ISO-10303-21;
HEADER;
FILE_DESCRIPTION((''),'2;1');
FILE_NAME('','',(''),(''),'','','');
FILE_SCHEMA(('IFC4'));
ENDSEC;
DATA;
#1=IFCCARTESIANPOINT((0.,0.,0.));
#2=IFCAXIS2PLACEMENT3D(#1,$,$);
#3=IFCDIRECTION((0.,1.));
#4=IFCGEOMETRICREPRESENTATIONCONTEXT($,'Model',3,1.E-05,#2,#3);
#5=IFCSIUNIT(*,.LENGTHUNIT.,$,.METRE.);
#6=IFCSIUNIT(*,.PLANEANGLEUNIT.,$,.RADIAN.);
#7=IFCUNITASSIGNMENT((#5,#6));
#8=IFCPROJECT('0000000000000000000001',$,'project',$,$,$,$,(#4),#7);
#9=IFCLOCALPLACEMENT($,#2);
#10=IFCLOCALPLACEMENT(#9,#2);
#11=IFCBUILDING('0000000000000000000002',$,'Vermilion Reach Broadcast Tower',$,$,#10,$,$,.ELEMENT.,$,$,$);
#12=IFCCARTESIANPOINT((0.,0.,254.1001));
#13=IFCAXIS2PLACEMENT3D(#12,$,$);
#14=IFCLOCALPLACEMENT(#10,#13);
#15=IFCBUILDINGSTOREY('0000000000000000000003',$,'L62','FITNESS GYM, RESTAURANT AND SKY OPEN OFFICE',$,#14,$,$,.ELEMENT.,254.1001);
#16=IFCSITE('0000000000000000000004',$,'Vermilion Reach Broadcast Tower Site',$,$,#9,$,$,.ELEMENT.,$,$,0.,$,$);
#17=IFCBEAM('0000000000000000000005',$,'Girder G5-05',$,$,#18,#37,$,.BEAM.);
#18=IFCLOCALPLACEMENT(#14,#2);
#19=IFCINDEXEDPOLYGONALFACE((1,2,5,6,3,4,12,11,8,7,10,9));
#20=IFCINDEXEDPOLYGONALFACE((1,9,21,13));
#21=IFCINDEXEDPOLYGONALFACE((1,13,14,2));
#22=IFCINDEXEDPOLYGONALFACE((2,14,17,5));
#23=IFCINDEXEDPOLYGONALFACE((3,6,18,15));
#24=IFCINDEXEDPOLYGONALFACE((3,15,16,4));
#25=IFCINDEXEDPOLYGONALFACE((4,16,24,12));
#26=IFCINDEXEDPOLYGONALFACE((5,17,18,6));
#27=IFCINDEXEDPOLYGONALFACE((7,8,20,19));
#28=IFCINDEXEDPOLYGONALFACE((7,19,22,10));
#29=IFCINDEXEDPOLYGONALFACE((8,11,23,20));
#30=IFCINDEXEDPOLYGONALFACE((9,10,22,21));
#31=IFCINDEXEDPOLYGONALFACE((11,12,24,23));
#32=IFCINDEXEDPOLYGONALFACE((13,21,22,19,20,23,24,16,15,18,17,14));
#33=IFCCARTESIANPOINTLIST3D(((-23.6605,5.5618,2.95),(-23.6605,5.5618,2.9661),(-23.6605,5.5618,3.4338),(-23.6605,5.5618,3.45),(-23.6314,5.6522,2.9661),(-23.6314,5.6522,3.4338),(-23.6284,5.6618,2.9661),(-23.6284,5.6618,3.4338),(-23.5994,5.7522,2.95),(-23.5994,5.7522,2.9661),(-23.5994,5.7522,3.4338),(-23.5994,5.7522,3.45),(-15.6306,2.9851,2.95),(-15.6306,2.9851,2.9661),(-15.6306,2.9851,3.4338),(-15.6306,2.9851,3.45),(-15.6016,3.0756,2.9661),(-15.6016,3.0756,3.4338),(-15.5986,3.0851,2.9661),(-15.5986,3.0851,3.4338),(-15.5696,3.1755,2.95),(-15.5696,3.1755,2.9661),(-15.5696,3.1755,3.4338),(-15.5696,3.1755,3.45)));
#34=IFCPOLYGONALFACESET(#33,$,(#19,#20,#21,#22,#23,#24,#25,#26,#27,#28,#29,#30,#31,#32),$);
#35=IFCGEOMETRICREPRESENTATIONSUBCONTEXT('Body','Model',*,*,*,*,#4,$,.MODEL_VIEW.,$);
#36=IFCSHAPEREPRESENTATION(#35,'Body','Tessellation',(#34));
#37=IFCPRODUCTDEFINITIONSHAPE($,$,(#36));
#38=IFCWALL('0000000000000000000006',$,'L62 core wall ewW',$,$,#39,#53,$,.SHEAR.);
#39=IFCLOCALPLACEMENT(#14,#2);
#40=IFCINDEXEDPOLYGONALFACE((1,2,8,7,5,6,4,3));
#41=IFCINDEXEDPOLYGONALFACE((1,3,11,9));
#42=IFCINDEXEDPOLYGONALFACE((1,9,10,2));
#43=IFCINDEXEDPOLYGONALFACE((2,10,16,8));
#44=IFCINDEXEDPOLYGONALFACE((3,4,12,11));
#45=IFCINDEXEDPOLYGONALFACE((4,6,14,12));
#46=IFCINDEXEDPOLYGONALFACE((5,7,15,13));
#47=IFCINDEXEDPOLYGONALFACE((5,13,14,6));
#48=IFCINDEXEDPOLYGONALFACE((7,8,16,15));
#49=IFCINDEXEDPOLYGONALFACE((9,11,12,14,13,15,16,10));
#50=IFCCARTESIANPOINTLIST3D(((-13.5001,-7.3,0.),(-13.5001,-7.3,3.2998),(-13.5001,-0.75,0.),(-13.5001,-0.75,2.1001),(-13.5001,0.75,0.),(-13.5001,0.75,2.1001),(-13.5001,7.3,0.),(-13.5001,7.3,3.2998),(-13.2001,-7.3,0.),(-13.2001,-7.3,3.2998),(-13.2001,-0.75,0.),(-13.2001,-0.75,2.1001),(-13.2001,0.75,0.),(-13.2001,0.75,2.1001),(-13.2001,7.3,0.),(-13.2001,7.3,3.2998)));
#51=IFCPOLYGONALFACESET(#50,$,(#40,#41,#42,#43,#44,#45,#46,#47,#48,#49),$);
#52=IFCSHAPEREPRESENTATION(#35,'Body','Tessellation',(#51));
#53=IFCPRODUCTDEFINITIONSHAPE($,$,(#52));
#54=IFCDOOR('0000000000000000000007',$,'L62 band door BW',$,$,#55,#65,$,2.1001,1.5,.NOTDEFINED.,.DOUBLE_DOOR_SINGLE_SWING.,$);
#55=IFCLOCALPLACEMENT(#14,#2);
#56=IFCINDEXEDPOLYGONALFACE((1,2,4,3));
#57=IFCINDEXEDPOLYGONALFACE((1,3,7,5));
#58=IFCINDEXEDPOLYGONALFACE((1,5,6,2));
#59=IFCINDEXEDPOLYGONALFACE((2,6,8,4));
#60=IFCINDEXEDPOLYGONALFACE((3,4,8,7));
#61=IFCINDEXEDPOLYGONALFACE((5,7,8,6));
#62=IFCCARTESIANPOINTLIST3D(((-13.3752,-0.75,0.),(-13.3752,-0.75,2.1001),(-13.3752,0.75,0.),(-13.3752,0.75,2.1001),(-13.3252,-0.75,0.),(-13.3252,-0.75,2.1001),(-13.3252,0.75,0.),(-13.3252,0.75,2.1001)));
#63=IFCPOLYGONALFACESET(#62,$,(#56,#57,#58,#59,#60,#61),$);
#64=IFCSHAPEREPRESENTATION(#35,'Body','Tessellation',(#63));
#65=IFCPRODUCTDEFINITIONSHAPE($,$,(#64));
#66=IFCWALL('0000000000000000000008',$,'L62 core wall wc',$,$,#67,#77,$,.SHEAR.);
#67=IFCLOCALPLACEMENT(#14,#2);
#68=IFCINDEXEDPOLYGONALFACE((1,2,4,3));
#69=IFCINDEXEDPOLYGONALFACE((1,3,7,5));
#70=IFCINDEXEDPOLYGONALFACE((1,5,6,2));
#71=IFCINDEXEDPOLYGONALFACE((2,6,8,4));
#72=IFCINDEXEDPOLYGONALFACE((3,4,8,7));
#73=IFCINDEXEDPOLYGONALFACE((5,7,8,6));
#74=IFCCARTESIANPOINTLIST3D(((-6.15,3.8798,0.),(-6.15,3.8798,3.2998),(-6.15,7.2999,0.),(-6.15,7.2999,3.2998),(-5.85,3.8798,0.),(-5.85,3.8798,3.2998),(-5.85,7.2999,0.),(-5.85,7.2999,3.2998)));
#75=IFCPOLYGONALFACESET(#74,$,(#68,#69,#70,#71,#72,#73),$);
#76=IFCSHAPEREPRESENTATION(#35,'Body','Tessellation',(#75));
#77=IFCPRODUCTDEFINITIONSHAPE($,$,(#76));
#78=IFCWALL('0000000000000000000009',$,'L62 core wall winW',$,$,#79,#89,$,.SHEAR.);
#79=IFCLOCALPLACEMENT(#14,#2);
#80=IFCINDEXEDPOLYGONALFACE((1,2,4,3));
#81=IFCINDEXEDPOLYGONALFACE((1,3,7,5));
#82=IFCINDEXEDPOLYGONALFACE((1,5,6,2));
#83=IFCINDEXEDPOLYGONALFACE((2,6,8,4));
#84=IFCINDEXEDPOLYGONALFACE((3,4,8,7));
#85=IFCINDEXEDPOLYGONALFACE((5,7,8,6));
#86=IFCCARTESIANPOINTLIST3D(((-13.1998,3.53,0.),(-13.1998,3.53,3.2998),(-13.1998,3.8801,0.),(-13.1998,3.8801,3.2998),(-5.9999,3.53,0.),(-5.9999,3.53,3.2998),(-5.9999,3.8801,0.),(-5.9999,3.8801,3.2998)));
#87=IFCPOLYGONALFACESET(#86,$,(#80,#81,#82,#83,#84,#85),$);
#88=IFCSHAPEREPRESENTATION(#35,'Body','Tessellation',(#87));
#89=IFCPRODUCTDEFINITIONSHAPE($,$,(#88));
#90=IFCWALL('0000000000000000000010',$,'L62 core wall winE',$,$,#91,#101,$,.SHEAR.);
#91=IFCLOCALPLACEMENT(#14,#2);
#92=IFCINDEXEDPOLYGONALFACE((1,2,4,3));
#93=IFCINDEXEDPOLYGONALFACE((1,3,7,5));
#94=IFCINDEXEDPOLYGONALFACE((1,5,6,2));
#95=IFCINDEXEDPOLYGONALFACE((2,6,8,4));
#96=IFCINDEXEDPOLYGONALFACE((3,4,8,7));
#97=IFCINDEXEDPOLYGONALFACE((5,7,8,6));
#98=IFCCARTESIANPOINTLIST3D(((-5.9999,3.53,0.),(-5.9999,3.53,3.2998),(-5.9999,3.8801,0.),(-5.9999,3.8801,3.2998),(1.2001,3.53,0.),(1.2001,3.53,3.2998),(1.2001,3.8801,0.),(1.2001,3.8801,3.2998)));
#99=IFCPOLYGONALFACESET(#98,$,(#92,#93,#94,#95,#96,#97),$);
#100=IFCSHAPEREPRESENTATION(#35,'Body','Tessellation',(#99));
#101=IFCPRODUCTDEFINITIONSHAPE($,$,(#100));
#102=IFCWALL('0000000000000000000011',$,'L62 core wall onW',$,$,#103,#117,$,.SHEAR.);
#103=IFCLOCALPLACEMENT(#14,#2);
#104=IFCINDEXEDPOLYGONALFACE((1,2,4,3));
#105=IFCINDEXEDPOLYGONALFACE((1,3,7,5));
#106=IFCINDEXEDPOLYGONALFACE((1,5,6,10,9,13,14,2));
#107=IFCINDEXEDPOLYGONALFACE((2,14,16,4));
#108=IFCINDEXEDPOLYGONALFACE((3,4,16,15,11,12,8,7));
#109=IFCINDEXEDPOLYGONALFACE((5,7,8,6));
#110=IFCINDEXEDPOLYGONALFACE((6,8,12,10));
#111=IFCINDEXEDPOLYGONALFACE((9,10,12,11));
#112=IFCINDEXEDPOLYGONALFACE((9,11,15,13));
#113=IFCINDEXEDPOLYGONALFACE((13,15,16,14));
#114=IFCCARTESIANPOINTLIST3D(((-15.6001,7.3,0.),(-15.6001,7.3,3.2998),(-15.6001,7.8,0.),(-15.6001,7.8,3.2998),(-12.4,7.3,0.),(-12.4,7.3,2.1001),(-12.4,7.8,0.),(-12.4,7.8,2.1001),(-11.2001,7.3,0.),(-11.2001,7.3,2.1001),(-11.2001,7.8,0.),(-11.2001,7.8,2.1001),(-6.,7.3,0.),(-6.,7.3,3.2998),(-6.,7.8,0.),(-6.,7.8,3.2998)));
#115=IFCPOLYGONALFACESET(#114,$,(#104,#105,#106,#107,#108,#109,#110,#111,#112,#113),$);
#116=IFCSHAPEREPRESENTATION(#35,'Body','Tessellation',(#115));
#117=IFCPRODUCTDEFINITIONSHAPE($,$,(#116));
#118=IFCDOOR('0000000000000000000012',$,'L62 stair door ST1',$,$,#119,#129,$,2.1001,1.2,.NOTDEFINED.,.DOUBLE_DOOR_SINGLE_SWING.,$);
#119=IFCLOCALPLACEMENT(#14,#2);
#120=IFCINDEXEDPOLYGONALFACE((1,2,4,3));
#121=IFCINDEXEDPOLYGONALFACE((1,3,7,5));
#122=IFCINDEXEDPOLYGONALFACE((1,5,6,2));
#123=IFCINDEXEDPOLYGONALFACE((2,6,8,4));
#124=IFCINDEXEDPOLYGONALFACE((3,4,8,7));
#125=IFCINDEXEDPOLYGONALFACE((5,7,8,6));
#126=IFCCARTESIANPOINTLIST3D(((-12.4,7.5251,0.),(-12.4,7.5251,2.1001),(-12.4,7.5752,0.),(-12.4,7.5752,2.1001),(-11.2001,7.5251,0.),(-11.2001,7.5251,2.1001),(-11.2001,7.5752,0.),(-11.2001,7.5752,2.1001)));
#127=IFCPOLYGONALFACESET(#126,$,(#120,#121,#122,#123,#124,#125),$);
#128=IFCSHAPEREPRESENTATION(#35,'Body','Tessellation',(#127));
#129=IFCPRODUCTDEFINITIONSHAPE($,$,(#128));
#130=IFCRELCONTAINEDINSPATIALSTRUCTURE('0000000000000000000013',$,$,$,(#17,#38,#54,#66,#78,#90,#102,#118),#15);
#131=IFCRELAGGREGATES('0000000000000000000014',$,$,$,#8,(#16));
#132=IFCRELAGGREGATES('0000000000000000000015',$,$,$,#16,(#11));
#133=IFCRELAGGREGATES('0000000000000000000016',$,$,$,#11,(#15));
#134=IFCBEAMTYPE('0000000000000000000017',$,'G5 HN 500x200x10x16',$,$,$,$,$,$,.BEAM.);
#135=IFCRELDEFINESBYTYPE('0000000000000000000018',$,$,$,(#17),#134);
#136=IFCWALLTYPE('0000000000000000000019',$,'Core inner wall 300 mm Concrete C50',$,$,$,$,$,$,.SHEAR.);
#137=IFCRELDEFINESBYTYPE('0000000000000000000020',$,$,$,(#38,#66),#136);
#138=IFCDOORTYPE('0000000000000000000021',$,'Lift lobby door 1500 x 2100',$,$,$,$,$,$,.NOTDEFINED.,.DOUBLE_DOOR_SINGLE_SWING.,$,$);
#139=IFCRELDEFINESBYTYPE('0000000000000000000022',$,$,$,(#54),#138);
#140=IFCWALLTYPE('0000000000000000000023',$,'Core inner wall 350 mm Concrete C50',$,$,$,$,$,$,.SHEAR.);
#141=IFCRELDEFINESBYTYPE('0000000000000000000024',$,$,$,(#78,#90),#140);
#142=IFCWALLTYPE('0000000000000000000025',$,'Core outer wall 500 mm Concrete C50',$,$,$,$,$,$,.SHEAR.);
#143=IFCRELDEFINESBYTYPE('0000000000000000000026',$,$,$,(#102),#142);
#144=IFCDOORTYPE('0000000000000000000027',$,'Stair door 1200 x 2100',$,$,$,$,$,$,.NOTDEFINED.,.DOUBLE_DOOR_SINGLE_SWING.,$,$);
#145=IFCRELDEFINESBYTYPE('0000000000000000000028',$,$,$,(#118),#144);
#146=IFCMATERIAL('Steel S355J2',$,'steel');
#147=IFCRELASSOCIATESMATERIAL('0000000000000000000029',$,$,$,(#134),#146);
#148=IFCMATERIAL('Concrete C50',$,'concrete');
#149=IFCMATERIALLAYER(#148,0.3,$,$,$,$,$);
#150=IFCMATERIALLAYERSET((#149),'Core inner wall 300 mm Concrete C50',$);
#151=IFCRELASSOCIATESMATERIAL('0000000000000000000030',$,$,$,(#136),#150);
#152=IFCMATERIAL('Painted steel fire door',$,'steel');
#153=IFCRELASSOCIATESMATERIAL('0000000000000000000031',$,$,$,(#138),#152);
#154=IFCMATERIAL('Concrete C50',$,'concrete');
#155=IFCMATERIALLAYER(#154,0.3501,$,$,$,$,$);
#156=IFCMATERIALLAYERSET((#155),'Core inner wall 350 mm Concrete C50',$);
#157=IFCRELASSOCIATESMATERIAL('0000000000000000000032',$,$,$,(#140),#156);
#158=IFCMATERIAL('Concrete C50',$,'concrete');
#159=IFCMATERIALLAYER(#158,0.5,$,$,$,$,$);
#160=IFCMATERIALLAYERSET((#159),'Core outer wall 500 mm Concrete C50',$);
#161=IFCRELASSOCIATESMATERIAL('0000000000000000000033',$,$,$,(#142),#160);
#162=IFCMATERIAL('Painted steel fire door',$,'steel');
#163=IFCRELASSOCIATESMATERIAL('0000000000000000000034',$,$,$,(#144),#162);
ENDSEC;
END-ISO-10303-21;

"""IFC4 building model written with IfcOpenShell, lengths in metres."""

from ifc_helpers import new_model, si_unit, direction, frame, frame_2d, origin, origin_2d, place, context, subcontext, project, spatial, rectangle, i_section, extrude, material, layer, layer_set, material_profile, profile_set, type_object, element, fill, save


model = new_model("IFC4")

# Units and contexts
model_context = context("Model", 3, precision=1e-05, world=origin(), true_north=direction((0.0, 1.0)))
body_context = subcontext(model_context, "Body", "Model", "MODEL_VIEW")
ifc_project = project(units=[si_unit("LENGTHUNIT", "METRE"), si_unit("PLANEANGLEUNIT", "RADIAN")], contexts=[model_context])

# Site, building, storey
site_placement = place(None, origin())
site = spatial("IfcSite", under=ifc_project, at=site_placement, Name="Vermilion Reach Broadcast Tower Site", CompositionType="ELEMENT", RefElevation=0.0)
building_placement = place(site_placement, origin())
building = spatial("IfcBuilding", under=site, at=building_placement, Name="Vermilion Reach Broadcast Tower", CompositionType="ELEMENT")
storey_placement = place(building_placement, frame((0.0, 0.0, 254.1001)))
storey = spatial("IfcBuildingStorey", under=building, at=storey_placement, Name="L62", Description="FITNESS GYM, RESTAURANT AND SKY OPEN OFFICE", CompositionType="ELEMENT", Elevation=254.1001)

# Beam
ifc_material_1 = material(Name="Steel S355J2", Category="steel")
ifc_material_profile = material_profile(ifc_material_1, i_section(OverallWidth=0.2, OverallDepth=0.5, WebThickness=0.01, FlangeThickness=0.0161, at=origin_2d()), Name="S355J2 HN 500x200x10x16")
ifc_profile_set = profile_set([ifc_material_profile], Name="Steel S355J2")
beam_type = type_object("IfcBeamType", Name="G5 HN 500x200x10x16", PredefinedType="BEAM", material=ifc_profile_set)
beam_placement = place(storey_placement, frame((-15.6001, 3.0803, 3.2), z_axis=(-0.952178, 0.305542, 0.0), x_axis=(-0.305542, -0.952178, 0.0)))
element("IfcBeam", 1, at=beam_placement, inside=storey, type_object=beam_type, Name="Girder G5-05", PredefinedType="BEAM", context=body_context, shape_type="SweptSolid", body=[
    extrude(i_section(OverallWidth=0.2, OverallDepth=0.5, WebThickness=0.01, FlangeThickness=0.0161, at=origin_2d()), origin(), (0.0, 0.0, 1.0), 8.4331),
])

# Wall, opening, door
ifc_material_2 = material(Name="Concrete C50", Category="concrete")
ifc_layer_1 = layer(ifc_material_2, 0.3)
ifc_layer_set_1 = layer_set([ifc_layer_1], Name="Core inner wall 300 mm Concrete C50")
wall_type_1 = type_object("IfcWallType", Name="Core inner wall 300 mm Concrete C50", PredefinedType="SHEAR", material=ifc_layer_set_1)
wall_1_placement = place(storey_placement, frame((-13.3501, 7.3, 0.0), z_axis=(0.0, 0.0, 1.0), x_axis=(0.0, -1.0, 0.0)))
wall_1 = element("IfcWall", 2, at=wall_1_placement, inside=storey, type_object=wall_type_1, Name="L62 core wall ewW", PredefinedType="SHEAR", context=body_context, shape_type="SweptSolid", body=[
    extrude(rectangle(XDim=14.6001, YDim=0.3, at=frame_2d((7.3, 0.0))), origin(), (0.0, 0.0, 1.0), 3.2998),
])
opening_1_placement = place(wall_1_placement, frame((6.55, 0.0, 0.0)))
opening_1 = element("IfcOpeningElement", 3, at=opening_1_placement, cuts=wall_1, PredefinedType="OPENING", context=body_context, shape_type="SweptSolid", body=[
    extrude(rectangle(XDim=1.5, YDim=2.1001, at=frame_2d((0.75, 1.05))), frame((0.0, 0.1599, 0.0), z_axis=(0.0, -1.0, 0.0), x_axis=(1.0, 0.0, 0.0)), (0.0, 0.0, 1.0), 0.3201),
])
ifc_material_3 = material(Name="Painted steel fire door", Category="steel")
door_type_1 = type_object("IfcDoorType", Name="Lift lobby door 1500 x 2100", OperationType="DOUBLE_DOOR_SINGLE_SWING", PredefinedType="NOTDEFINED", material=ifc_material_3)
door_1_placement = place(opening_1_placement, origin())
door_1 = element("IfcDoor", 4, at=door_1_placement, inside=storey, type_object=door_type_1, Name="L62 band door BW", OperationType="DOUBLE_DOOR_SINGLE_SWING", OverallHeight=2.1001, OverallWidth=1.5, PredefinedType="NOTDEFINED", context=body_context, shape_type="SweptSolid", body=[
    extrude(rectangle(XDim=1.5, YDim=2.1001, at=frame_2d((0.75, 1.05))), frame((0.0, 0.0249, 0.0), z_axis=(0.0, -1.0, 0.0), x_axis=(1.0, 0.0, 0.0)), (0.0, 0.0, 1.0), 0.05),
])
fill(opening_1, door_1)

# Walls
wall_2_placement = place(storey_placement, frame((-6.0, 3.8799, 0.0), z_axis=(0.0, 0.0, 1.0), x_axis=(0.0, 1.0, 0.0)))
element("IfcWall", 5, at=wall_2_placement, inside=storey, type_object=wall_type_1, Name="L62 core wall wc", PredefinedType="SHEAR", context=body_context, shape_type="SweptSolid", body=[
    extrude(rectangle(XDim=3.4202, YDim=0.3, at=frame_2d((1.71, 0.0))), origin(), (0.0, 0.0, 1.0), 3.2998),
])
ifc_material_4 = material(Name="Concrete C50", Category="concrete")
ifc_layer_2 = layer(ifc_material_4, 0.3501)
ifc_layer_set_2 = layer_set([ifc_layer_2], Name="Core inner wall 350 mm Concrete C50")
wall_type_2 = type_object("IfcWallType", Name="Core inner wall 350 mm Concrete C50", PredefinedType="SHEAR", material=ifc_layer_set_2)
for number, where, z_axis, x_axis, name in (
    (6, (-13.2, 3.7051, 0.0), (0.0, 0.0, 1.0), (1.0, 0.0, 0.0), "L62 core wall winW"),
    (7, (-6.0, 3.7051, 0.0), (0.0, 0.0, 1.0), (1.0, 0.0, 0.0), "L62 core wall winE"),
):
    element("IfcWall", number, at=place(storey_placement, frame(where, z_axis=z_axis, x_axis=x_axis)), inside=storey, type_object=wall_type_2, Name=name, PredefinedType="SHEAR", context=body_context, shape_type="SweptSolid", body=[
        extrude(rectangle(XDim=7.2, YDim=0.3501, at=frame_2d((3.6001, 0.0))), origin(), (0.0, 0.0, 1.0), 3.2998),
    ])

# Wall, opening, door
ifc_material_5 = material(Name="Concrete C50", Category="concrete")
ifc_layer_3 = layer(ifc_material_5, 0.5)
ifc_layer_set_3 = layer_set([ifc_layer_3], Name="Core outer wall 500 mm Concrete C50")
wall_type_3 = type_object("IfcWallType", Name="Core outer wall 500 mm Concrete C50", PredefinedType="SHEAR", material=ifc_layer_set_3)
wall_3_placement = place(storey_placement, frame((-6.0, 7.55, 0.0), z_axis=(0.0, 0.0, 1.0), x_axis=(-1.0, 0.0, 0.0)))
wall_3 = element("IfcWall", 8, at=wall_3_placement, inside=storey, type_object=wall_type_3, Name="L62 core wall onW", PredefinedType="SHEAR", context=body_context, shape_type="SweptSolid", body=[
    extrude(rectangle(XDim=9.6001, YDim=0.5, at=frame_2d((4.8, 0.0))), origin(), (0.0, 0.0, 1.0), 3.2998),
])
opening_2_placement = place(wall_3_placement, frame((5.2, 0.0, 0.0)))
opening_2 = element("IfcOpeningElement", 9, at=opening_2_placement, cuts=wall_3, PredefinedType="OPENING", context=body_context, shape_type="SweptSolid", body=[
    extrude(rectangle(XDim=1.2, YDim=2.1001, at=frame_2d((0.6001, 1.05))), frame((0.0, 0.26, 0.0), z_axis=(0.0, -1.0, 0.0), x_axis=(1.0, 0.0, 0.0)), (0.0, 0.0, 1.0), 0.52),
])
ifc_material_6 = material(Name="Painted steel fire door", Category="steel")
door_type_2 = type_object("IfcDoorType", Name="Stair door 1200 x 2100", OperationType="DOUBLE_DOOR_SINGLE_SWING", PredefinedType="NOTDEFINED", material=ifc_material_6)
door_2_placement = place(opening_2_placement, origin())
door_2 = element("IfcDoor", 10, at=door_2_placement, inside=storey, type_object=door_type_2, Name="L62 stair door ST1", OperationType="DOUBLE_DOOR_SINGLE_SWING", OverallHeight=2.1001, OverallWidth=1.2, PredefinedType="NOTDEFINED", context=body_context, shape_type="SweptSolid", body=[
    extrude(rectangle(XDim=1.2, YDim=2.1001, at=frame_2d((0.6001, 1.05))), frame((0.0, 0.0249, 0.0), z_axis=(0.0, -1.0, 0.0), x_axis=(1.0, 0.0, 0.0)), (0.0, 0.0, 1.0), 0.05),
])
fill(opening_2, door_2)

save(model, "model.ifc")
